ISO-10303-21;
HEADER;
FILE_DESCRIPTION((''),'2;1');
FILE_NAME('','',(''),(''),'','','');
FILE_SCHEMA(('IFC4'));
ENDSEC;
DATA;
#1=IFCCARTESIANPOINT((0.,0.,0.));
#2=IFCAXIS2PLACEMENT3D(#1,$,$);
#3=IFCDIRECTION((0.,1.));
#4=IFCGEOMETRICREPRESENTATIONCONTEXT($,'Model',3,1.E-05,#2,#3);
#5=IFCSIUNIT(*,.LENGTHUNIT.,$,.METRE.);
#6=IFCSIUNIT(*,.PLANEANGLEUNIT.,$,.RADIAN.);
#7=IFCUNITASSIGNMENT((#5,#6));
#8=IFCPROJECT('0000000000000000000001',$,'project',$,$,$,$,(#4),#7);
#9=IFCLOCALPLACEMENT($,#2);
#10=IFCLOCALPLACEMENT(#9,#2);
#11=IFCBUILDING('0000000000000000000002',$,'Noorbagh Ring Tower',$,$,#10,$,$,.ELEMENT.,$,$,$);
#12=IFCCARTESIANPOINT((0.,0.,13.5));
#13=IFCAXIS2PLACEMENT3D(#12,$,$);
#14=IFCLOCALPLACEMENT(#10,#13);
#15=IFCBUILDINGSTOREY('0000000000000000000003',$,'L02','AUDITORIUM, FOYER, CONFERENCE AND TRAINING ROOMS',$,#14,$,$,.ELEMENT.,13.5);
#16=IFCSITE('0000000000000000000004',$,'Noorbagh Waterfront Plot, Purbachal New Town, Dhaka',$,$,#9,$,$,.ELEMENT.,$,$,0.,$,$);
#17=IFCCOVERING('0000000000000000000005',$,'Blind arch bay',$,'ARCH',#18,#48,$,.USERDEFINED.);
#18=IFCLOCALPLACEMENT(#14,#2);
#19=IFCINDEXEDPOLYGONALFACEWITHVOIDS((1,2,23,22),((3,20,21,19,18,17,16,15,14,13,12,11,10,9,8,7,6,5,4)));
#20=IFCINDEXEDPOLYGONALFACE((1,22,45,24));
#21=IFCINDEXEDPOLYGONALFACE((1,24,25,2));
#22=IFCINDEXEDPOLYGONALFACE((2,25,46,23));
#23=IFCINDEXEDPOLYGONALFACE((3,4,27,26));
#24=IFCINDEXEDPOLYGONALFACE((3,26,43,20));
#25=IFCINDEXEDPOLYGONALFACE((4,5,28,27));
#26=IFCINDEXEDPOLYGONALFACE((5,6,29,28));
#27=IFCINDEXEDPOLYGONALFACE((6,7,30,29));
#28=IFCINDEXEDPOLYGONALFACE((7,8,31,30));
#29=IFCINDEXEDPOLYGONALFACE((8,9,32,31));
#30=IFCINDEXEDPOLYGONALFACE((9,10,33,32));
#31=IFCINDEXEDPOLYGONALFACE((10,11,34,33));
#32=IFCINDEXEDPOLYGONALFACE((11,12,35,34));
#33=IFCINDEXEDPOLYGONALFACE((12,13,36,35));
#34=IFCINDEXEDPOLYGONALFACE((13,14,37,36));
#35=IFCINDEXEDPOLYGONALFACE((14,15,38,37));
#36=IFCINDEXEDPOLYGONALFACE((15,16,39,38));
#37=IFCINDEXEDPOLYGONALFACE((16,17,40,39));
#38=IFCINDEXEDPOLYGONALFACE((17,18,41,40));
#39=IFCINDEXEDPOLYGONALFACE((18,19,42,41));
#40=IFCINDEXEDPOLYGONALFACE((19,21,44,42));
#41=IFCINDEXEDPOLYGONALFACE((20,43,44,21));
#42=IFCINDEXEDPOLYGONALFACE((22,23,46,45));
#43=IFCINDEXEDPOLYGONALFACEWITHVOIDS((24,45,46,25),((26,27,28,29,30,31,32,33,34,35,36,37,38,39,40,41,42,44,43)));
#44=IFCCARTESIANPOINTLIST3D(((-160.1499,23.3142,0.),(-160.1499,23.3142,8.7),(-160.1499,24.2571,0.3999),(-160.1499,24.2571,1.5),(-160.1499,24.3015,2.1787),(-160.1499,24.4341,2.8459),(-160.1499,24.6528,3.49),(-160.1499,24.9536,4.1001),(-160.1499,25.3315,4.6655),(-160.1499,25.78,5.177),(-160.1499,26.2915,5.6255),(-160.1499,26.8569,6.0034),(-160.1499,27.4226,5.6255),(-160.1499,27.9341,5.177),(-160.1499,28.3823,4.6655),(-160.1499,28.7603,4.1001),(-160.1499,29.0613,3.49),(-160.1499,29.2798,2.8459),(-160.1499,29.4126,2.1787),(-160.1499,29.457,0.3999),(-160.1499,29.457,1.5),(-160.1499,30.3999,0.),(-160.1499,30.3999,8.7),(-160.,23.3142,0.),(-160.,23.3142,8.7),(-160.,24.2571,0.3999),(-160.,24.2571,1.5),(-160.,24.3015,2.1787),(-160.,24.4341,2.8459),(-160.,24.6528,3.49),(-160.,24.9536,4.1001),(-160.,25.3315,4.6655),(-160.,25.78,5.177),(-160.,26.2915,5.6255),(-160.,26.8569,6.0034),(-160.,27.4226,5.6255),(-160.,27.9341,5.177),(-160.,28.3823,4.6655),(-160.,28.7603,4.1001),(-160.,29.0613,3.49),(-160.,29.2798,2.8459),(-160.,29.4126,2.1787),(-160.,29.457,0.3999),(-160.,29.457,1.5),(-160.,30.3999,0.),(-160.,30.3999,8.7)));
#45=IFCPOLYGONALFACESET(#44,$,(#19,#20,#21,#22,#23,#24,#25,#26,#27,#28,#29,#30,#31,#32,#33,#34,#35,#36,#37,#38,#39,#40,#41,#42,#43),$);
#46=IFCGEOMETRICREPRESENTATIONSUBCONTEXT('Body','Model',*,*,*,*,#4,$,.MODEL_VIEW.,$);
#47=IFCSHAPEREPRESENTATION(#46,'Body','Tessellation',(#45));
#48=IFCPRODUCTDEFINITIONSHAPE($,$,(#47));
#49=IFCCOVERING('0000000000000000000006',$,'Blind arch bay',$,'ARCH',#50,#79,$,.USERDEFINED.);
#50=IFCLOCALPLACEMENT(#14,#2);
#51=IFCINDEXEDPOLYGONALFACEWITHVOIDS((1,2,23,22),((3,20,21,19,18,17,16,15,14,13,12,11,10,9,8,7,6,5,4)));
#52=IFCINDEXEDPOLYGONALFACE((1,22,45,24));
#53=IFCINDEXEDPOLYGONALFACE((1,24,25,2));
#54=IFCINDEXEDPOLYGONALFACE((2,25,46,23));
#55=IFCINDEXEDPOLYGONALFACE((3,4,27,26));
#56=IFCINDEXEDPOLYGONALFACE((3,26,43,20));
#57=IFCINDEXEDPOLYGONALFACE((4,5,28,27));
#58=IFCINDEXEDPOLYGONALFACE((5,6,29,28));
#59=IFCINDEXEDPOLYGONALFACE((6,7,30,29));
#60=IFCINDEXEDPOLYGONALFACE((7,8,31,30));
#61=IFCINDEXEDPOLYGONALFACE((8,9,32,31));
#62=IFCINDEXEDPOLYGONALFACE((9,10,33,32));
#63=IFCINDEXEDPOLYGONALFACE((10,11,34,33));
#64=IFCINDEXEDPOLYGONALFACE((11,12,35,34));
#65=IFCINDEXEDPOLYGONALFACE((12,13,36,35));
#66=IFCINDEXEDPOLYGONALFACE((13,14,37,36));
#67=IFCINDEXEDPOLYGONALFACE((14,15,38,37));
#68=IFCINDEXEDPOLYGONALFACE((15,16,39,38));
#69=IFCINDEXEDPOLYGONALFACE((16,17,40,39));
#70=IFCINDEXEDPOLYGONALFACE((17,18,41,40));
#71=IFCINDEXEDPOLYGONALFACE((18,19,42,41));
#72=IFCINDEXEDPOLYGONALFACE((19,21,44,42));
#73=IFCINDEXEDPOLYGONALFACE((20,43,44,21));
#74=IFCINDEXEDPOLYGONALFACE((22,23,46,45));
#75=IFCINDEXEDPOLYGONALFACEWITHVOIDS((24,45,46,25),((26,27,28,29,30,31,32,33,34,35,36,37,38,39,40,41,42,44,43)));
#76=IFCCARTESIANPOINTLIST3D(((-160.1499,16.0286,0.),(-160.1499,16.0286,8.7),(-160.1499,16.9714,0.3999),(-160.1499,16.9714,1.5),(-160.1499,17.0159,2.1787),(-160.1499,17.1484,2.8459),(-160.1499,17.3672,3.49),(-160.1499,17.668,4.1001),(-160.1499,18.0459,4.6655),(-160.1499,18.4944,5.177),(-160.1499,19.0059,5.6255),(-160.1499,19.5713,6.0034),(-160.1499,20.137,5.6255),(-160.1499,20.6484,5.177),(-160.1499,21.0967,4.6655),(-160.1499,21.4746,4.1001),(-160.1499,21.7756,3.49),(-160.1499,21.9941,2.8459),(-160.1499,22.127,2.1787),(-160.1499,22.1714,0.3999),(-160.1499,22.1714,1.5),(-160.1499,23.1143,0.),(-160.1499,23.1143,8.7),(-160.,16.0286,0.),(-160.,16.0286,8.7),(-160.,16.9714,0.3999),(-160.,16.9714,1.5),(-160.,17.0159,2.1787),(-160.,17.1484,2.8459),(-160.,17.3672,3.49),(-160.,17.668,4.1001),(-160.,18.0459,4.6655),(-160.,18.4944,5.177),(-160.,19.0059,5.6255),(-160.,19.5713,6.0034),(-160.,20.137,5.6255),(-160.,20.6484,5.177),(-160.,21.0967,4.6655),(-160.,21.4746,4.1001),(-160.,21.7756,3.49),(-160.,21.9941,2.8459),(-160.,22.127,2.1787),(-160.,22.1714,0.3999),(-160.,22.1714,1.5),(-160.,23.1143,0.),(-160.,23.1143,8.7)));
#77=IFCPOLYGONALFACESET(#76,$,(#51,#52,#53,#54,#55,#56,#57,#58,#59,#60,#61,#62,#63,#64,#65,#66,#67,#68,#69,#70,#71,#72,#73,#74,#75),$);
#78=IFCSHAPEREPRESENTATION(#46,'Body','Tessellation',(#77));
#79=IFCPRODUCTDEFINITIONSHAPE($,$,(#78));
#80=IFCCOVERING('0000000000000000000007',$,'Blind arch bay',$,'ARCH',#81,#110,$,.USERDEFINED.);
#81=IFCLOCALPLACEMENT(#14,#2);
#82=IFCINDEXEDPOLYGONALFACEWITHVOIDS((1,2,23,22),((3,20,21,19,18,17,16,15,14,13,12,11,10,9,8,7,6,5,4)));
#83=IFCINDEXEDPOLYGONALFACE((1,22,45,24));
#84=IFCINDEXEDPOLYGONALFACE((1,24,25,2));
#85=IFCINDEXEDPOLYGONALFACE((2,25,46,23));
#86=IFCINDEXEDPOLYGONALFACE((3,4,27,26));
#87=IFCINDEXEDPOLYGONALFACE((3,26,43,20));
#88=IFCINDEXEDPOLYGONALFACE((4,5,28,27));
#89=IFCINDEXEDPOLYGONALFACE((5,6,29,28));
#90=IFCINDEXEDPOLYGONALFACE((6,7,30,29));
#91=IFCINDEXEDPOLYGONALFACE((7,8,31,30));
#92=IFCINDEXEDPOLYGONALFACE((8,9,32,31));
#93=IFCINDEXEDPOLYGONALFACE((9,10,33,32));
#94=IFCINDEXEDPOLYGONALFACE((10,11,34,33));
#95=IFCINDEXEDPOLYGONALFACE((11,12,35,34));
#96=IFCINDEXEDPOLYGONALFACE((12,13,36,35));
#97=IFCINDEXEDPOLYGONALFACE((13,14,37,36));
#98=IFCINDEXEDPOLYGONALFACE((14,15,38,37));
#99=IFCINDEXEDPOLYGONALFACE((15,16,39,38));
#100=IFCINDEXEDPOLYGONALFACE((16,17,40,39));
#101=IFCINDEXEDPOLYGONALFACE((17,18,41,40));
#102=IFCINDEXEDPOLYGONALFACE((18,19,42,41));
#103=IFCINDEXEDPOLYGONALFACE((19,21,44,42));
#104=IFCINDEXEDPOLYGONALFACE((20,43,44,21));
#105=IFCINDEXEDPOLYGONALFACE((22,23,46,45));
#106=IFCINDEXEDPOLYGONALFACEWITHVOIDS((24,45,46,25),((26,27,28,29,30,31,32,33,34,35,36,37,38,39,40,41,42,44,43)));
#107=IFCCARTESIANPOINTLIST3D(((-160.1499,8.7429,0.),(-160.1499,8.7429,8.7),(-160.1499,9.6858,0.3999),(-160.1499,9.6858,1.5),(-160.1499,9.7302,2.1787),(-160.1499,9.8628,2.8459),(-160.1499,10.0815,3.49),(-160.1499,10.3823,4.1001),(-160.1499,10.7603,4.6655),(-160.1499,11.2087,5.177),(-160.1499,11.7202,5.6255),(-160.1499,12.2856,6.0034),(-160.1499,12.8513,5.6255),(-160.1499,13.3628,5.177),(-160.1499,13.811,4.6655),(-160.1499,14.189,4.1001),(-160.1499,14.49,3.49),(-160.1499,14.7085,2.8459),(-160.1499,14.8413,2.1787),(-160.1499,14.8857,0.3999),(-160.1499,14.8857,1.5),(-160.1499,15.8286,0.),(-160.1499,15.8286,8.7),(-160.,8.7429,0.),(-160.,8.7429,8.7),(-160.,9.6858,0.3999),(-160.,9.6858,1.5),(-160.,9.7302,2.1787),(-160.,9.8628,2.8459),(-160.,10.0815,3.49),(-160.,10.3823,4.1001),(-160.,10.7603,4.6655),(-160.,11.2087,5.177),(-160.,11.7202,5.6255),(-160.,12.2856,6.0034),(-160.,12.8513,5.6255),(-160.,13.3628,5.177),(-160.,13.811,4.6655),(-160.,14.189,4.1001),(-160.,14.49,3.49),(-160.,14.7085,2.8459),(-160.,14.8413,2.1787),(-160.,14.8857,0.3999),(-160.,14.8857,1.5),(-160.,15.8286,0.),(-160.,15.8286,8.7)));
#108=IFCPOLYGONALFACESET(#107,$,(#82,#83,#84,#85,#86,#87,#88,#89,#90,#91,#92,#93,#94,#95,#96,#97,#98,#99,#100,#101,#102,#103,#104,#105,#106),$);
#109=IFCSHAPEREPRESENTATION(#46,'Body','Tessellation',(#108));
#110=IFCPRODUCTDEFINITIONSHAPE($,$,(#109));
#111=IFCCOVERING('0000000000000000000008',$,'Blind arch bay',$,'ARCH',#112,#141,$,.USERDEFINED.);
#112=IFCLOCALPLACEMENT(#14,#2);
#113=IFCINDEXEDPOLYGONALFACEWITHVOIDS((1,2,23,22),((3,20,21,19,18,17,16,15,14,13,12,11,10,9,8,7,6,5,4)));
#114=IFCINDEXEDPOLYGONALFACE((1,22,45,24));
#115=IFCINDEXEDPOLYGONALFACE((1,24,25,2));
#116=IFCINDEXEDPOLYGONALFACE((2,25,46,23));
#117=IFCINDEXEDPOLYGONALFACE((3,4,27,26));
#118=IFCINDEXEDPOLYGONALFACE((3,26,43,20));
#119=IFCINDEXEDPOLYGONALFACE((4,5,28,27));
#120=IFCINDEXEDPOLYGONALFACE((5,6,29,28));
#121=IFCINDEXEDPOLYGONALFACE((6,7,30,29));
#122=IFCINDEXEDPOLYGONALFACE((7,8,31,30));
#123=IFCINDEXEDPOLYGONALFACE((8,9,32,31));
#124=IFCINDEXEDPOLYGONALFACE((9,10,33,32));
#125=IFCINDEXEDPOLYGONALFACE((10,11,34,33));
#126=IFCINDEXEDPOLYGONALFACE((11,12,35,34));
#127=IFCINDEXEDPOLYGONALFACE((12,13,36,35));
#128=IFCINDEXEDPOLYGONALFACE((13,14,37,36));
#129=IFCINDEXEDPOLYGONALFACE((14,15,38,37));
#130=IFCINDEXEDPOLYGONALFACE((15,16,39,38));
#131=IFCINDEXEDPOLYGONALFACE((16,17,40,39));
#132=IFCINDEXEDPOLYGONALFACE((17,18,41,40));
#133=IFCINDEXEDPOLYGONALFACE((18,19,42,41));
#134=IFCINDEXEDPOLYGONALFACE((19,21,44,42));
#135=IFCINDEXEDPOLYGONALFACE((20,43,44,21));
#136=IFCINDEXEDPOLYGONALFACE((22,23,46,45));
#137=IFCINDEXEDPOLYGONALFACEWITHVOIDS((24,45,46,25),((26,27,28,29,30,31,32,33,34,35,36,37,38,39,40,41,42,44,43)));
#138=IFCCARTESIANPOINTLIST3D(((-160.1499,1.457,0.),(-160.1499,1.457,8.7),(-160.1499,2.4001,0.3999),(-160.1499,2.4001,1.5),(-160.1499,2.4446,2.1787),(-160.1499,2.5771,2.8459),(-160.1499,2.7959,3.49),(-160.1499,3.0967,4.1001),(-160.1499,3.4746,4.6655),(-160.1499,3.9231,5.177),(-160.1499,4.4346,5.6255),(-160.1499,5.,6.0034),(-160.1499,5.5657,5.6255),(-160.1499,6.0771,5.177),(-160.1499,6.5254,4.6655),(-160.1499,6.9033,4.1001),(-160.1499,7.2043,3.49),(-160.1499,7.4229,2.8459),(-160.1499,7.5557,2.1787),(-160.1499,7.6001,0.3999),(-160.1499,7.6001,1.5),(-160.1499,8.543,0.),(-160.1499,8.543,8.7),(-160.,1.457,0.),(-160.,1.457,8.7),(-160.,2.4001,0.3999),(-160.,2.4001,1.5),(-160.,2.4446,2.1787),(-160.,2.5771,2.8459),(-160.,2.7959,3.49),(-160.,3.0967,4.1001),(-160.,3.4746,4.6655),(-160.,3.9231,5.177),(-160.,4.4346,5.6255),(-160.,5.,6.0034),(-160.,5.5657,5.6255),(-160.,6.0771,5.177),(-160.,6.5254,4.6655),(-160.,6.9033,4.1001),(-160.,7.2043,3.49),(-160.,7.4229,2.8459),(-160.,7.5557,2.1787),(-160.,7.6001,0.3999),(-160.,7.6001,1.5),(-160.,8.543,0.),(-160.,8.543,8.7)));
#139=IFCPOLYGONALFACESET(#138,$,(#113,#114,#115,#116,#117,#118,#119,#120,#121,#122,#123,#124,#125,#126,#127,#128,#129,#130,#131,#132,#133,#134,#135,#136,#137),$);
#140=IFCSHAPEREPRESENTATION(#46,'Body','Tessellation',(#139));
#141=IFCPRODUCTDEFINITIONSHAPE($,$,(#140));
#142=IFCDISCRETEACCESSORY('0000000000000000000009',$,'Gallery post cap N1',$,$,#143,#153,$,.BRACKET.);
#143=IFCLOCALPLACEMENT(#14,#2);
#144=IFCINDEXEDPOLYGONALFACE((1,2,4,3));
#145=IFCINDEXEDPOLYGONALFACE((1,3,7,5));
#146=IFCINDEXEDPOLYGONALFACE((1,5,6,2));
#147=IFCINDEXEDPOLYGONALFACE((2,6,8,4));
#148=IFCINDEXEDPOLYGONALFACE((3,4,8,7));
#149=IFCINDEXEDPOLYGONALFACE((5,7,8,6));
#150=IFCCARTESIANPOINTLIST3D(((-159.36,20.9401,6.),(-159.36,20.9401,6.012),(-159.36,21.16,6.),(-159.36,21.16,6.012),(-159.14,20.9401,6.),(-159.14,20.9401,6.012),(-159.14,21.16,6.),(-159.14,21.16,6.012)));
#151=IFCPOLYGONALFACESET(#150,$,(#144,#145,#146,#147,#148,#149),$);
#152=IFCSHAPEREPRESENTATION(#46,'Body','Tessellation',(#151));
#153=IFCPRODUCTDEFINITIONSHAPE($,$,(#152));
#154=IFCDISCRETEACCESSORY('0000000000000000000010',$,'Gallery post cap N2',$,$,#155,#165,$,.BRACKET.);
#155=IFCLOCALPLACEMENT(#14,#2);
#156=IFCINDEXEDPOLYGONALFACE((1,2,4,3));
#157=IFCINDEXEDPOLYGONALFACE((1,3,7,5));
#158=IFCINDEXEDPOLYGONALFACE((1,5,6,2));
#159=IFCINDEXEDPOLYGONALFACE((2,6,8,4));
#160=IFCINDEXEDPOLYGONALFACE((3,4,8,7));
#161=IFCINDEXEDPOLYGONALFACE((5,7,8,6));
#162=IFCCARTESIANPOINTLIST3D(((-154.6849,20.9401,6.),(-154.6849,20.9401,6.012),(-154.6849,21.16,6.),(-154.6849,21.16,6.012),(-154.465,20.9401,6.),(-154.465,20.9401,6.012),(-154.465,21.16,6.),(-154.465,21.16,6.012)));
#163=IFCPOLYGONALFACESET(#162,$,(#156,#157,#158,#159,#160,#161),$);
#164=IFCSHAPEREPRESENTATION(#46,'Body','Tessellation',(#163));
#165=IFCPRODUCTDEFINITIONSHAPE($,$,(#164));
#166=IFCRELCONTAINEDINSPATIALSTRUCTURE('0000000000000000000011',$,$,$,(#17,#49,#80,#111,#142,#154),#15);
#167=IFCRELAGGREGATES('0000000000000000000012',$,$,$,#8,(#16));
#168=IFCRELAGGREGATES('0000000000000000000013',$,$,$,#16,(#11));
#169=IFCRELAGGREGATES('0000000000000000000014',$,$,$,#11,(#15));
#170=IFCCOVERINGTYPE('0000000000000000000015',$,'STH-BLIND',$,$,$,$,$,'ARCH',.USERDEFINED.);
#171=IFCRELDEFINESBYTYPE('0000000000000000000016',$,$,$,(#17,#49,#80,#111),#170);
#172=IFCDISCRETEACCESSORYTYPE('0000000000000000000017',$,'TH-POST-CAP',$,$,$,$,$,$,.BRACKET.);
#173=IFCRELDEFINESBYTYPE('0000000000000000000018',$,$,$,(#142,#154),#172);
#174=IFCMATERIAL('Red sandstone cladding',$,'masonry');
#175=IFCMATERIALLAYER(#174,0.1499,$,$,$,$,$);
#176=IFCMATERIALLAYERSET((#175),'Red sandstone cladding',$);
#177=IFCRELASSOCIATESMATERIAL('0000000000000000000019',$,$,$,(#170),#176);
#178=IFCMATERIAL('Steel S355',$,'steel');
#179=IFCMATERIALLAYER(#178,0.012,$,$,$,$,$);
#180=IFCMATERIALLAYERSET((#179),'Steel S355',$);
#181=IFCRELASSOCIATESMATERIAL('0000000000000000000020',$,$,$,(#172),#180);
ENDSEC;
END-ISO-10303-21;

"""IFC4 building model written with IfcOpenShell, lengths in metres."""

from ifc_helpers import new_model, si_unit, direction, frame, origin, origin_2d, place, context, subcontext, project, spatial, polyline, rectangle, outline, extrude, material, layer, layer_set, type_object, element, save


model = new_model("IFC4")

# Units and contexts
model_context = context("Model", 3, precision=1e-05, world=origin(), true_north=direction((0.0, 1.0)))
body_context = subcontext(model_context, "Body", "Model", "MODEL_VIEW")
ifc_project = project(units=[si_unit("LENGTHUNIT", "METRE"), si_unit("PLANEANGLEUNIT", "RADIAN")], contexts=[model_context])

# Site, building, storey
site_placement = place(None, origin())
site = spatial("IfcSite", under=ifc_project, at=site_placement, Name="Noorbagh Waterfront Plot, Purbachal New Town, Dhaka", CompositionType="ELEMENT", RefElevation=0.0)
building_placement = place(site_placement, origin())
building = spatial("IfcBuilding", under=site, at=building_placement, Name="Noorbagh Ring Tower", CompositionType="ELEMENT")
storey_placement = place(building_placement, frame((0.0, 0.0, 13.5)))
storey = spatial("IfcBuildingStorey", under=building, at=storey_placement, Name="L02", Description="AUDITORIUM, FOYER, CONFERENCE AND TRAINING ROOMS", CompositionType="ELEMENT", Elevation=13.5)

# Coverings
ifc_material_1 = material(Name="Red sandstone cladding", Category="masonry")
ifc_layer_1 = layer(ifc_material_1, 0.1499)
ifc_layer_set_1 = layer_set([ifc_layer_1], Name="Red sandstone cladding")
covering_type = type_object("IfcCoveringType", Name="STH-BLIND", ElementType="ARCH", PredefinedType="USERDEFINED", material=ifc_layer_set_1)
for number, where, z_axis, x_axis, name in (
    (1, (-160.1499, 30.3999, 0.0), (-1.0, 0.0, 0.0), (0.0, -1.0, 0.0), "Blind arch bay"),
    (2, (-160.1499, 23.1143, 0.0), (-1.0, 0.0, 0.0), (0.0, -1.0, 0.0), "Blind arch bay"),
    (3, (-160.1499, 15.8286, 0.0), (-1.0, 0.0, 0.0), (0.0, -1.0, 0.0), "Blind arch bay"),
):
    element("IfcCovering", number, at=place(storey_placement, frame(where, z_axis=z_axis, x_axis=x_axis)), inside=storey, type_object=covering_type, Name=name, ObjectType="ARCH", PredefinedType="USERDEFINED", context=body_context, shape_type="SweptSolid", body=[
        extrude(outline(polyline([(0.0, 0.0), (7.0857, 0.0), (7.0857, 8.7), (0.0, 8.7), (0.0, 0.0)]), holes=[polyline([(0.9429, 0.3999), (0.9429, 1.5), (0.9873, 2.1787), (1.1201, 2.8459), (1.3386, 3.49), (1.6396, 4.1001), (2.0176, 4.6655), (2.4658, 5.177), (2.9773, 5.6255), (3.543, 6.0034), (4.1084, 5.6255), (4.6199, 5.177), (5.0684, 4.6655), (5.4463, 4.1001), (5.7471, 3.49), (5.9658, 2.8459), (6.0984, 2.1787), (6.1428, 1.5), (6.1428, 0.3999), (0.9429, 0.3999)])]), origin(), (0.0, 0.0, -1.0), 0.1499),
    ])
covering_1_placement = place(storey_placement, frame((-160.1499, 8.543, 0.0), z_axis=(-1.0, 0.0, 0.0), x_axis=(0.0, -1.0, 0.0)))
element("IfcCovering", 4, at=covering_1_placement, inside=storey, type_object=covering_type, Name="Blind arch bay", ObjectType="ARCH", PredefinedType="USERDEFINED", context=body_context, shape_type="SweptSolid", body=[
    extrude(outline(polyline([(0.0, 0.0), (7.0859, 0.0), (7.0859, 8.7), (0.0, 8.7), (0.0, 0.0)]), holes=[polyline([(0.9429, 0.3999), (0.9429, 1.5), (0.9873, 2.1787), (1.1201, 2.8459), (1.3386, 3.49), (1.6396, 4.1001), (2.0176, 4.6655), (2.4658, 5.177), (2.9773, 5.6255), (3.543, 6.0034), (4.1084, 5.6255), (4.6199, 5.177), (5.0684, 4.6655), (5.4463, 4.1001), (5.7471, 3.49), (5.9658, 2.8459), (6.0984, 2.1787), (6.1428, 1.5), (6.1428, 0.3999), (0.9429, 0.3999)])]), origin(), (0.0, 0.0, -1.0), 0.1499),
])

# Discrete accessories
ifc_material_2 = material(Name="Steel S355", Category="steel")
ifc_layer_2 = layer(ifc_material_2, 0.012)
ifc_layer_set_2 = layer_set([ifc_layer_2], Name="Steel S355")
discrete_accessory_type = type_object("IfcDiscreteAccessoryType", Name="TH-POST-CAP", PredefinedType="BRACKET", material=ifc_layer_set_2)
for number, where, z_axis, x_axis, name in (
    (5, (-159.25, 21.05, 6.0), (0.0, 0.0, 1.0), (1.0, 0.0, 0.0), "Gallery post cap N1"),
    (6, (-154.575, 21.05, 6.0), (0.0, 0.0, 1.0), (1.0, 0.0, 0.0), "Gallery post cap N2"),
):
    element("IfcDiscreteAccessory", number, at=place(storey_placement, frame(where, z_axis=z_axis, x_axis=x_axis)), inside=storey, type_object=discrete_accessory_type, Name=name, PredefinedType="BRACKET", context=body_context, shape_type="SweptSolid", body=[
        extrude(rectangle(XDim=0.22, YDim=0.22, at=origin_2d()), origin(), (0.0, 0.0, 1.0), 0.012),
    ])

save(model, "model.ifc")
